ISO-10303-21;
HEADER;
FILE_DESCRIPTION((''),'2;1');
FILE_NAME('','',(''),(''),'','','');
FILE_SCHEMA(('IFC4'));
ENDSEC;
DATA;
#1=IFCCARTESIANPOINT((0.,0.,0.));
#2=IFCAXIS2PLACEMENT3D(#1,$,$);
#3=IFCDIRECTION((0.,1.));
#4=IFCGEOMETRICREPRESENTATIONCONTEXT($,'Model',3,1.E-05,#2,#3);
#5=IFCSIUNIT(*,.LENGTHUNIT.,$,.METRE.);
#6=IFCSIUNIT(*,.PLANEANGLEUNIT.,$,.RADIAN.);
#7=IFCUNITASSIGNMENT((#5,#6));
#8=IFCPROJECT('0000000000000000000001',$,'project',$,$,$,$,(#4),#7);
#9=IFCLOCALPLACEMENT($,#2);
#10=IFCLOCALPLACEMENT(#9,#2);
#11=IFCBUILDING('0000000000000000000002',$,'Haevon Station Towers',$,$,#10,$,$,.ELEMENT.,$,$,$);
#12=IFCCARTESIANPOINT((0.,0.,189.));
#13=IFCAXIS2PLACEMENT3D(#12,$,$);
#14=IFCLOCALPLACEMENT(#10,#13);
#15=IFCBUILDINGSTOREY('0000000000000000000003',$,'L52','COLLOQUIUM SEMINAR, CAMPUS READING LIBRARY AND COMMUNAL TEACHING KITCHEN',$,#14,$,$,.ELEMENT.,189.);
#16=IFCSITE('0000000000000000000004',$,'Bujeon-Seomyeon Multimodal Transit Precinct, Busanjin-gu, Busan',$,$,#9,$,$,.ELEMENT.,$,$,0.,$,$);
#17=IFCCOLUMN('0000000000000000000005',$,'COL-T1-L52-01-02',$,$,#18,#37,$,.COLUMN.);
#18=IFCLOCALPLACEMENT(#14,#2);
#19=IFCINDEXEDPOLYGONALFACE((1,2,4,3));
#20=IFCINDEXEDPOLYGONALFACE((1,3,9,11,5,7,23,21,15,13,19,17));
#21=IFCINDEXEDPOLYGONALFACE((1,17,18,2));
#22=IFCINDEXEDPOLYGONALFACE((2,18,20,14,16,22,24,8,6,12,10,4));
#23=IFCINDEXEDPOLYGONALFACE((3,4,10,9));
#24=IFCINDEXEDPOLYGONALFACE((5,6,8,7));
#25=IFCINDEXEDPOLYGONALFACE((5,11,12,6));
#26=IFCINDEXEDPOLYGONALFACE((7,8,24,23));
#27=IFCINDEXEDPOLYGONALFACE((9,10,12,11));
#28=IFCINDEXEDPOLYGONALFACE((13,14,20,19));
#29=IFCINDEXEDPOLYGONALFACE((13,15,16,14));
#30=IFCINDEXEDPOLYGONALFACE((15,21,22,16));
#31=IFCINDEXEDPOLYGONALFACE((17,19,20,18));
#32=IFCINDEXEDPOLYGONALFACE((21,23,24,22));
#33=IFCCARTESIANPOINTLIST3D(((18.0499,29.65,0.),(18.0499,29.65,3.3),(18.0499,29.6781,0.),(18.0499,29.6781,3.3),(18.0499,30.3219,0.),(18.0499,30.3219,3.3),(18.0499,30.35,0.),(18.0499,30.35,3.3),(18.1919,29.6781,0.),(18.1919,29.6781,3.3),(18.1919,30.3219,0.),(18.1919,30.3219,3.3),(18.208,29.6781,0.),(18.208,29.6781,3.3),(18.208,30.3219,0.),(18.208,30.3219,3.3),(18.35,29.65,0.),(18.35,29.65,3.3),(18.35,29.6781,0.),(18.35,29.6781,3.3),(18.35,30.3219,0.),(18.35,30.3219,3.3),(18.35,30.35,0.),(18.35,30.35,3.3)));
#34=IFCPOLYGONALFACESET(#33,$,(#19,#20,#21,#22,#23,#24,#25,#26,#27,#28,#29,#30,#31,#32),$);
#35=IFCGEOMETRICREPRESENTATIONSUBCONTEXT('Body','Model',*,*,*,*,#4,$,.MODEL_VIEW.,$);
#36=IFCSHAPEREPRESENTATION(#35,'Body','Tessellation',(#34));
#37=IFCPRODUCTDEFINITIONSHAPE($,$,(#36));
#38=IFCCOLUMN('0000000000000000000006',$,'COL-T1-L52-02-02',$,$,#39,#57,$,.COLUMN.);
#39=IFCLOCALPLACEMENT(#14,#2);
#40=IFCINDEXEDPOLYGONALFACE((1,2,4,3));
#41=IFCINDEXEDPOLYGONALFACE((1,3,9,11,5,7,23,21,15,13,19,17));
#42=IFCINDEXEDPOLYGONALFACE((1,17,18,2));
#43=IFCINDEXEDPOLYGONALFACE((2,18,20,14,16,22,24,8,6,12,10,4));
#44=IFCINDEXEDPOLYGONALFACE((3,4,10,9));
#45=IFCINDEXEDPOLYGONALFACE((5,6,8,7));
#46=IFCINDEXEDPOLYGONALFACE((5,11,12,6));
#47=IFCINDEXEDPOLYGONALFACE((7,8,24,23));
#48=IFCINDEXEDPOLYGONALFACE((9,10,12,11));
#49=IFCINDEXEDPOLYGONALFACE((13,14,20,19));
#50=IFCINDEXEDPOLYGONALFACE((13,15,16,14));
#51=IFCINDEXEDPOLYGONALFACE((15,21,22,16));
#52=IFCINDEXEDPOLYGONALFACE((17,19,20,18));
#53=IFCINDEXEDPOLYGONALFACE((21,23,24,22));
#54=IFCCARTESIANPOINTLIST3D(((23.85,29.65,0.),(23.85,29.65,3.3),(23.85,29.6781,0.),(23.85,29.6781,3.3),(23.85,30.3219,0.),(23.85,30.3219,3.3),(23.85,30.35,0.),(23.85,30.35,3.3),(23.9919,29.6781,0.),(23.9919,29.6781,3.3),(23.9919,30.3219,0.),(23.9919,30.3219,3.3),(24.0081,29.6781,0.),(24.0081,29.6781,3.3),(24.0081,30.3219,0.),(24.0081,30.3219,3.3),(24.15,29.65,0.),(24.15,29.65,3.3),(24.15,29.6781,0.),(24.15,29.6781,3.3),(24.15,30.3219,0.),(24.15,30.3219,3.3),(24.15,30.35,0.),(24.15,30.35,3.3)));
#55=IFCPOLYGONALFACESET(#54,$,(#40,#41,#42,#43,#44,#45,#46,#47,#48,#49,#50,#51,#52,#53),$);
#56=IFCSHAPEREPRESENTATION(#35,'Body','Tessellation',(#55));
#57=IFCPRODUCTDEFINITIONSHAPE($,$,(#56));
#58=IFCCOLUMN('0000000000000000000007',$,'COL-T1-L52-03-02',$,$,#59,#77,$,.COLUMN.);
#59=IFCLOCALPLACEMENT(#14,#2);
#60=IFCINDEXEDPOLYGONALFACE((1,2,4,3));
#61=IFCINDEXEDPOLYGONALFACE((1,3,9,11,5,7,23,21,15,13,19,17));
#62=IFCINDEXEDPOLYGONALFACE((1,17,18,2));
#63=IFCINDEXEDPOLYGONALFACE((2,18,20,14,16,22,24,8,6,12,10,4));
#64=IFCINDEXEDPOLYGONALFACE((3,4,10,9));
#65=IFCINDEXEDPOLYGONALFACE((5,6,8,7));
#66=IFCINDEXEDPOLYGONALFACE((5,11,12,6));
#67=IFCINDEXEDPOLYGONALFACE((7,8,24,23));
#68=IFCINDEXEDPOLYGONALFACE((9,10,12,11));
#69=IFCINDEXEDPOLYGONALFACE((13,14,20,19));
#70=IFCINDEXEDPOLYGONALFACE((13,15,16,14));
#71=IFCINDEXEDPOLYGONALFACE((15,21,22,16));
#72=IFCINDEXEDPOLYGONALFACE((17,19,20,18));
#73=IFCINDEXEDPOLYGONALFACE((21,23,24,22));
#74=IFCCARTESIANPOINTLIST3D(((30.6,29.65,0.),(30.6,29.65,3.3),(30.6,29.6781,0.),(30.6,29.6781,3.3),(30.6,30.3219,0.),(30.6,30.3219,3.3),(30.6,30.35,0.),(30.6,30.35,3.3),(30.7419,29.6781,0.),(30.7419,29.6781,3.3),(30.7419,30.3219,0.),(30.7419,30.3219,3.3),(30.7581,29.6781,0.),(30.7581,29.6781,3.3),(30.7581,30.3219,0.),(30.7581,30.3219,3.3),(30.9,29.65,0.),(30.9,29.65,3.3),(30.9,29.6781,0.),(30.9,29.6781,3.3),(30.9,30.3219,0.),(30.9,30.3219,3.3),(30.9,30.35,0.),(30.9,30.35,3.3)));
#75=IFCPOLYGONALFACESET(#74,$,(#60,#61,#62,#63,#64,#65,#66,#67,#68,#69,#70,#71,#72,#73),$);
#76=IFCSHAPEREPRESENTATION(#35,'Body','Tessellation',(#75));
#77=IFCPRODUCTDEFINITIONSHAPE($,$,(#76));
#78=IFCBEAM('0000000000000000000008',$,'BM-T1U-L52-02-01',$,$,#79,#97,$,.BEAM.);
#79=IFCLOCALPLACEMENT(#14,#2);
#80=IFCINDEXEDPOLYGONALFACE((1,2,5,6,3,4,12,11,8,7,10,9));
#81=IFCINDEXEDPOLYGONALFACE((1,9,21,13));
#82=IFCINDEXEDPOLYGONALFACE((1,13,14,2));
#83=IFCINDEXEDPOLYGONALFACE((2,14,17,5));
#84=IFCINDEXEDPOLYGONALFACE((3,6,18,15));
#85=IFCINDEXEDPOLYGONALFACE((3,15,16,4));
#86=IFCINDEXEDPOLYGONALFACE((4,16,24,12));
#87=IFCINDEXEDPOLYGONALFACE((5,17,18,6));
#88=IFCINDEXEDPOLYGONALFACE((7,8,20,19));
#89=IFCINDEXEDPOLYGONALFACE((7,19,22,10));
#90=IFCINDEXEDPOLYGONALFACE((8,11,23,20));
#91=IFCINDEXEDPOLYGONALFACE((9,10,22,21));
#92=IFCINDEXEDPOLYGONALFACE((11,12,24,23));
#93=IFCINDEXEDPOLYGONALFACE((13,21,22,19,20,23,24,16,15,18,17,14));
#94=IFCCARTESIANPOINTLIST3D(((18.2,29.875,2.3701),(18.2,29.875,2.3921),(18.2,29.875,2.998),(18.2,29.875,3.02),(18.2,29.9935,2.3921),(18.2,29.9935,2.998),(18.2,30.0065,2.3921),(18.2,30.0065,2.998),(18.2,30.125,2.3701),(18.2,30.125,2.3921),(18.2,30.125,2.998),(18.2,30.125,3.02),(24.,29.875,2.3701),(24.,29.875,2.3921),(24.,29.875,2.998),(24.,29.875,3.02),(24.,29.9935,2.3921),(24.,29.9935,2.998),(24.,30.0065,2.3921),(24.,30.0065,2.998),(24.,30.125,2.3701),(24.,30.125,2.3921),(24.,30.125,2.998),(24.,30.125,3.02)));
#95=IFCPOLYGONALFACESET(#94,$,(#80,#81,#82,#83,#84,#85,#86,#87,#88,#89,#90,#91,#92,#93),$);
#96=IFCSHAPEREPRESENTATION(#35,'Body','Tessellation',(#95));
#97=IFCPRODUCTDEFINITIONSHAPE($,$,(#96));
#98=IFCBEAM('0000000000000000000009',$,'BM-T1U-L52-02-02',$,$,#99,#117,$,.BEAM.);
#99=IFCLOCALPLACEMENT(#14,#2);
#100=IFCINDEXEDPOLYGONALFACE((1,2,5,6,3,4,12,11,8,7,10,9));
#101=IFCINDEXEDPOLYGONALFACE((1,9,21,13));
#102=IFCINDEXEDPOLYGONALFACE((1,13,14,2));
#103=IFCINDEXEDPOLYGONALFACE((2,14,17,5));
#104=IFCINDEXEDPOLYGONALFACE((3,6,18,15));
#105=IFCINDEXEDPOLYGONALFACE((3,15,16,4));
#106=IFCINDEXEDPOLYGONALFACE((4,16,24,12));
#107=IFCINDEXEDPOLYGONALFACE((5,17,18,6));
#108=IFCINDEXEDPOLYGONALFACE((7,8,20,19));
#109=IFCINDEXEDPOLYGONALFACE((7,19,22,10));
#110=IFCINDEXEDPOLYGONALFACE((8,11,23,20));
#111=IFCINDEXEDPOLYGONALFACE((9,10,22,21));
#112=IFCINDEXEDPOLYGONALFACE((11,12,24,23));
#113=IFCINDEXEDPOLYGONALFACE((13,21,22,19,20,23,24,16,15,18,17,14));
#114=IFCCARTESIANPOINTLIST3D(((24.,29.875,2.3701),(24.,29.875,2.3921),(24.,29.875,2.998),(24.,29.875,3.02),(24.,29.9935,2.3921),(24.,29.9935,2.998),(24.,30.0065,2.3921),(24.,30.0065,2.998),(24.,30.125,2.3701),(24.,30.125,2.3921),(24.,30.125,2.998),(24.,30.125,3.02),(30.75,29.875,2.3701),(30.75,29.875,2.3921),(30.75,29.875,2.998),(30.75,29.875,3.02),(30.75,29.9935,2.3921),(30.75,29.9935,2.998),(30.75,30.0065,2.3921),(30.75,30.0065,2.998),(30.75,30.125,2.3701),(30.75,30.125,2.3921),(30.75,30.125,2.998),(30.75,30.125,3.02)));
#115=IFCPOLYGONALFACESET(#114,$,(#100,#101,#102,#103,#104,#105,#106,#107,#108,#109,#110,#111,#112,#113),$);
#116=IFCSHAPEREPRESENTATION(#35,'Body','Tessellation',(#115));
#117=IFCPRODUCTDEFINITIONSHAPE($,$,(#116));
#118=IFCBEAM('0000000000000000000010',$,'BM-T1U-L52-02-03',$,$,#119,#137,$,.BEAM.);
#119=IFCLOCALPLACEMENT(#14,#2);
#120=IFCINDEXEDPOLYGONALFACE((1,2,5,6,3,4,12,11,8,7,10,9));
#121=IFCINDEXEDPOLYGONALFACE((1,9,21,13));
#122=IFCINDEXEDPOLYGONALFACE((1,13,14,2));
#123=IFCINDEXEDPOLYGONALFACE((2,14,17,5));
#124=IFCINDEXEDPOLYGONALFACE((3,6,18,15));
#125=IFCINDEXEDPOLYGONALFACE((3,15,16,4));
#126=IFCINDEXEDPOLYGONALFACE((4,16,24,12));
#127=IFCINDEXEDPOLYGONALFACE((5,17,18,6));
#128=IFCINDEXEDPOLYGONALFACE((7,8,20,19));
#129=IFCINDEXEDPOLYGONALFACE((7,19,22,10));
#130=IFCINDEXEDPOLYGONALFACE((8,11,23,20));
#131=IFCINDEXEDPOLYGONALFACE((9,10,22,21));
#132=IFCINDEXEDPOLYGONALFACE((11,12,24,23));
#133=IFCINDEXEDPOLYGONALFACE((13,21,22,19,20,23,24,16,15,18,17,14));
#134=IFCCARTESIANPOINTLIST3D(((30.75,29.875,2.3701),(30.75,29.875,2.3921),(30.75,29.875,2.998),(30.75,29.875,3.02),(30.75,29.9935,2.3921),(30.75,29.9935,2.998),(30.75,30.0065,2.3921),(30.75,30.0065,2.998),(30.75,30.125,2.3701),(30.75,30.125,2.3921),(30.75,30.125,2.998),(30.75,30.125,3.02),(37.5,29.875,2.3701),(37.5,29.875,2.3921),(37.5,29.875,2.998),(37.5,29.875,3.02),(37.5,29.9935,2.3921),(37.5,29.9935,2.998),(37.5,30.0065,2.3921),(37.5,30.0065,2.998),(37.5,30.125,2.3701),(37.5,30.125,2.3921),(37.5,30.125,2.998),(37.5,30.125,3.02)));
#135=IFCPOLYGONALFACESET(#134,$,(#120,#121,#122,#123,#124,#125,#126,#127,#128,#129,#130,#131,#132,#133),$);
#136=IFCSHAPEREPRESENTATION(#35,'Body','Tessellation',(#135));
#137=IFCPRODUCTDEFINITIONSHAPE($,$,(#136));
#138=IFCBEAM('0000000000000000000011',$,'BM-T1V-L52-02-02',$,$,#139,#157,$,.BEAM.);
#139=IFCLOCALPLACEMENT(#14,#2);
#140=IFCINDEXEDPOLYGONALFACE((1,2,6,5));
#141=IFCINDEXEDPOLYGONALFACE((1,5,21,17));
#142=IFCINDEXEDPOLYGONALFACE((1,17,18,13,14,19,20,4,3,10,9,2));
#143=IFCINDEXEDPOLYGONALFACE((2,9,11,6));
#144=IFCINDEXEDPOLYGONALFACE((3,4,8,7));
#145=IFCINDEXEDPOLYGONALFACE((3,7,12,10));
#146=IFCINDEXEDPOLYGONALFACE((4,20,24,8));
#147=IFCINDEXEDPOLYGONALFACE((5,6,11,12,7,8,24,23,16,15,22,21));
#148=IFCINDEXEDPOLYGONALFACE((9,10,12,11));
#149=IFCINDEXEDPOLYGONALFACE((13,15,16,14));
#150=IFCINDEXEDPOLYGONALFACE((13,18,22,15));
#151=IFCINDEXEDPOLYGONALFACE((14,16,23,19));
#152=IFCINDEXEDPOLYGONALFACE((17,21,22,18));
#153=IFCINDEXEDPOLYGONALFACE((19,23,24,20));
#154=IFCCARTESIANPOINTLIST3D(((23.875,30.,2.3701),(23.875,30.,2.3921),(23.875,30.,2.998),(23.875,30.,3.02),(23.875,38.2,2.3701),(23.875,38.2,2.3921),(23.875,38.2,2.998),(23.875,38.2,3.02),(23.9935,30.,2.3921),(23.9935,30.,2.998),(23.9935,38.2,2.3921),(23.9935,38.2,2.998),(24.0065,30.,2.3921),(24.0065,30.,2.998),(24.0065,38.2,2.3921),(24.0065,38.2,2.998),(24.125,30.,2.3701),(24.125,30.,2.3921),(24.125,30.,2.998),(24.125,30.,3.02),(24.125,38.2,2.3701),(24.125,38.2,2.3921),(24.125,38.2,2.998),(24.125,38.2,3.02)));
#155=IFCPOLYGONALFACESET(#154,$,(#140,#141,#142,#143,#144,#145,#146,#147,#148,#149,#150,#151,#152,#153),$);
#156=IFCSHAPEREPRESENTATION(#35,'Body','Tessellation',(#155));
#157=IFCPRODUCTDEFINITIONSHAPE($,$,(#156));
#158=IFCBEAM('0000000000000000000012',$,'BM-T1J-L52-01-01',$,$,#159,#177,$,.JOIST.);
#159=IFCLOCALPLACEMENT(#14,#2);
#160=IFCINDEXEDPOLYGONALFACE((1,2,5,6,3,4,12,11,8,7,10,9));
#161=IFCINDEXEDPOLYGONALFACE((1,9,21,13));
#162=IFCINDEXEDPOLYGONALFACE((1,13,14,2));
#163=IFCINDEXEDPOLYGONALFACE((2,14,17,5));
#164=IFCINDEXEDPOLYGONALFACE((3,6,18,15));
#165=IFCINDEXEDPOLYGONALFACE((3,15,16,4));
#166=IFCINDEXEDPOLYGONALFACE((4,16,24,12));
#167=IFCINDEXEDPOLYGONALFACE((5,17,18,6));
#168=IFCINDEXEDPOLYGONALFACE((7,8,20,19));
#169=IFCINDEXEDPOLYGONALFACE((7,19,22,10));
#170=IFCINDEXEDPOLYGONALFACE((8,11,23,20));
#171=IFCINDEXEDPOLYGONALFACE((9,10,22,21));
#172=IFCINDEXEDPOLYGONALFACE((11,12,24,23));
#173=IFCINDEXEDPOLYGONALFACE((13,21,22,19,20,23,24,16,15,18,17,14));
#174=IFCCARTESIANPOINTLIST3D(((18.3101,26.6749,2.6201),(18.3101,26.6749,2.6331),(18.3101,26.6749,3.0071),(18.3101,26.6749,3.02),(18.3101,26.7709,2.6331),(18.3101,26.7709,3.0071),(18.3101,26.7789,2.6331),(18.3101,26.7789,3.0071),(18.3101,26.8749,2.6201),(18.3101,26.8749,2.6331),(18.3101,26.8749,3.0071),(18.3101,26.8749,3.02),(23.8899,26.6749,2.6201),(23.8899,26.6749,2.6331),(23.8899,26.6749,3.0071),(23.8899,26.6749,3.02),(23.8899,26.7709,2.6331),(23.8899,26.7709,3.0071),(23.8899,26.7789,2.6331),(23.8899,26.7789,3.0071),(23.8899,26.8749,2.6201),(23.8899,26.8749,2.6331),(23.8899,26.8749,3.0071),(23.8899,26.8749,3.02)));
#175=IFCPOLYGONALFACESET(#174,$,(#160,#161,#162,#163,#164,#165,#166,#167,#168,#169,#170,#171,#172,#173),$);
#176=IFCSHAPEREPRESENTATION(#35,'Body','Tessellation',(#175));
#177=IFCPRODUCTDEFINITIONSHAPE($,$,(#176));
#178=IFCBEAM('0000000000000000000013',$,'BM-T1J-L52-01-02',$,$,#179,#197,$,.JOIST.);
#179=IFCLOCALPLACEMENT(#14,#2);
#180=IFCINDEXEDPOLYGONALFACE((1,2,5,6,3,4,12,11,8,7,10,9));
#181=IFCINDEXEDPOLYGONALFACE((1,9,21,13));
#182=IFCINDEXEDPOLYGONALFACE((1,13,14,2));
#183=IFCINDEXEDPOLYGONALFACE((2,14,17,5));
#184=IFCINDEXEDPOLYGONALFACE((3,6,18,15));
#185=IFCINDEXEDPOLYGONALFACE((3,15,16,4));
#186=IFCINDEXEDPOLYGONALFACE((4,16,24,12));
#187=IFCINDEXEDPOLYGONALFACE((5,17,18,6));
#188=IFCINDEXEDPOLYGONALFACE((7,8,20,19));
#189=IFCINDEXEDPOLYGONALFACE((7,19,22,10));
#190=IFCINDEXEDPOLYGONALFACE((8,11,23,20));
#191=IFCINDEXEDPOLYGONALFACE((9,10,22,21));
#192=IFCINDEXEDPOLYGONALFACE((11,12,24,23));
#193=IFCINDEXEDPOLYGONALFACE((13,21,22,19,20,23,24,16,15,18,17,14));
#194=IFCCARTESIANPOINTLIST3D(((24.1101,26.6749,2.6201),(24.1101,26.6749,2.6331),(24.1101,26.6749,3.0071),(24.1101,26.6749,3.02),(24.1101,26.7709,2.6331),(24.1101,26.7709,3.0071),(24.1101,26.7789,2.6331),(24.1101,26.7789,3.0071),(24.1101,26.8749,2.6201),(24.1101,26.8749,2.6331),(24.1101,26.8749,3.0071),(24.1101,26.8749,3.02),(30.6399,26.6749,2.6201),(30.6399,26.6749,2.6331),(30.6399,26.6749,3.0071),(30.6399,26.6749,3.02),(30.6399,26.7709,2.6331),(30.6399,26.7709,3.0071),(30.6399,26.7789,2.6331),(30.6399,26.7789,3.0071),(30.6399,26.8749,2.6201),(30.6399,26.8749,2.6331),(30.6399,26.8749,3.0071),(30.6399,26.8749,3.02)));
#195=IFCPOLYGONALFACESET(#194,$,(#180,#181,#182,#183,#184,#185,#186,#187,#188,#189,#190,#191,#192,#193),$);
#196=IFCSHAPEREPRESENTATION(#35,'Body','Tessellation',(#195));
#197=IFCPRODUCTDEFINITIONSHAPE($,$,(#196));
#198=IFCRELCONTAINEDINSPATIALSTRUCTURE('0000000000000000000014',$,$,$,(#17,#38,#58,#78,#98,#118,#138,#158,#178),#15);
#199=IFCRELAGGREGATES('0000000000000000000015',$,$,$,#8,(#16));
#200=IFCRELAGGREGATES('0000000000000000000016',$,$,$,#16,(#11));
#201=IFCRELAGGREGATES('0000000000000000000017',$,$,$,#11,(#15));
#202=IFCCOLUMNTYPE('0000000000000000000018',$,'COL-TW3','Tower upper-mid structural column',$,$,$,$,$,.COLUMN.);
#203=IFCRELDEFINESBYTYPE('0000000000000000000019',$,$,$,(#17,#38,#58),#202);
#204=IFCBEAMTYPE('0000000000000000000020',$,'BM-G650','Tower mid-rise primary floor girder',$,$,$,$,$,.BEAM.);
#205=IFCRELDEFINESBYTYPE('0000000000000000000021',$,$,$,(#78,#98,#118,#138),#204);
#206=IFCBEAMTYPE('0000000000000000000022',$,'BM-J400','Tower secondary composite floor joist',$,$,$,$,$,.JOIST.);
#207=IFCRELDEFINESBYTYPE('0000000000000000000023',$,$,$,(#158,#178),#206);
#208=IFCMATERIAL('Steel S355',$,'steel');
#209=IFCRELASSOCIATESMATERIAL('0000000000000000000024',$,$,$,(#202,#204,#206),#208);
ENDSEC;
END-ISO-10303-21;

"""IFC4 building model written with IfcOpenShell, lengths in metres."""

from ifc_helpers import new_model, si_unit, direction, frame, origin, origin_2d, place, context, subcontext, project, spatial, i_section, extrude, material, material_profile, profile_set, type_object, element, save


model = new_model("IFC4")

# Units and contexts
model_context = context("Model", 3, precision=1e-05, world=origin(), true_north=direction((0.0, 1.0)))
body_context = subcontext(model_context, "Body", "Model", "MODEL_VIEW")
ifc_project = project(units=[si_unit("LENGTHUNIT", "METRE"), si_unit("PLANEANGLEUNIT", "RADIAN")], contexts=[model_context])

# Site, building, storey
site_placement = place(None, origin())
site = spatial("IfcSite", under=ifc_project, at=site_placement, Name="Bujeon-Seomyeon Multimodal Transit Precinct, Busanjin-gu, Busan", CompositionType="ELEMENT", RefElevation=0.0)
building_placement = place(site_placement, origin())
building = spatial("IfcBuilding", under=site, at=building_placement, Name="Haevon Station Towers", CompositionType="ELEMENT")
storey_placement = place(building_placement, frame((0.0, 0.0, 189.0)))
storey = spatial("IfcBuildingStorey", under=building, at=storey_placement, Name="L52", Description="COLLOQUIUM SEMINAR, CAMPUS READING LIBRARY AND COMMUNAL TEACHING KITCHEN", CompositionType="ELEMENT", Elevation=189.0)

# Columns
ifc_material_1 = material(Name="Steel S355", Category="steel")
ifc_material_profile_1 = material_profile(ifc_material_1, i_section(OverallWidth=0.3, OverallDepth=0.7, WebThickness=0.0161, FlangeThickness=0.0281, at=origin_2d()), Name="H-700x300x16x28")
ifc_profile_set_1 = profile_set([ifc_material_profile_1], Name="Steel S355")
column_type = type_object("IfcColumnType", Name="COL-TW3", Description="Tower upper-mid structural column", PredefinedType="COLUMN", material=ifc_profile_set_1)
for number, where, z_axis, x_axis, name in (
    (1, (18.2, 30.0, 0.0), (0.0, 0.0, 1.0), (1.0, 0.0, 0.0), "COL-T1-L52-01-02"),
    (2, (24.0, 30.0, 0.0), (0.0, 0.0, 1.0), (1.0, 0.0, 0.0), "COL-T1-L52-02-02"),
    (3, (30.75, 30.0, 0.0), (0.0, 0.0, 1.0), (1.0, 0.0, 0.0), "COL-T1-L52-03-02"),
):
    element("IfcColumn", number, at=place(storey_placement, frame(where, z_axis=z_axis, x_axis=x_axis)), inside=storey, type_object=column_type, Name=name, PredefinedType="COLUMN", context=body_context, shape_type="SweptSolid", body=[
        extrude(i_section(OverallWidth=0.3, OverallDepth=0.7, WebThickness=0.0161, FlangeThickness=0.0281, at=origin_2d()), origin(), (0.0, 0.0, 1.0), 3.3),
    ])

# Beams
ifc_material_profile_2 = material_profile(ifc_material_1, i_section(OverallWidth=0.25, OverallDepth=0.6499, WebThickness=0.0129, FlangeThickness=0.022, at=origin_2d()), Name="H-650x250x13x22")
ifc_profile_set_2 = profile_set([ifc_material_profile_2], Name="Steel S355")
beam_type_1 = type_object("IfcBeamType", Name="BM-G650", Description="Tower mid-rise primary floor girder", PredefinedType="BEAM", material=ifc_profile_set_2)
beam_1_placement = place(storey_placement, frame((18.2, 30.0, 2.6951), z_axis=(1.0, 0.0, 0.0), x_axis=(0.0, 1.0, 0.0)))
element("IfcBeam", 4, at=beam_1_placement, inside=storey, type_object=beam_type_1, Name="BM-T1U-L52-02-01", PredefinedType="BEAM", context=body_context, shape_type="SweptSolid", body=[
    extrude(i_section(OverallWidth=0.25, OverallDepth=0.6499, WebThickness=0.0129, FlangeThickness=0.022, at=origin_2d()), origin(), (0.0, 0.0, 1.0), 5.8),
])
for number, where, z_axis, x_axis, name in (
    (5, (24.0, 30.0, 2.6951), (1.0, 0.0, 0.0), (0.0, 1.0, 0.0), "BM-T1U-L52-02-02"),
    (6, (30.75, 30.0, 2.6951), (1.0, 0.0, 0.0), (0.0, 1.0, 0.0), "BM-T1U-L52-02-03"),
):
    element("IfcBeam", number, at=place(storey_placement, frame(where, z_axis=z_axis, x_axis=x_axis)), inside=storey, type_object=beam_type_1, Name=name, PredefinedType="BEAM", context=body_context, shape_type="SweptSolid", body=[
        extrude(i_section(OverallWidth=0.25, OverallDepth=0.6499, WebThickness=0.0129, FlangeThickness=0.022, at=origin_2d()), origin(), (0.0, 0.0, 1.0), 6.75),
    ])
beam_2_placement = place(storey_placement, frame((24.0, 30.0, 2.6951), z_axis=(0.0, 1.0, 0.0), x_axis=(-1.0, 0.0, 0.0)))
element("IfcBeam", 7, at=beam_2_placement, inside=storey, type_object=beam_type_1, Name="BM-T1V-L52-02-02", PredefinedType="BEAM", context=body_context, shape_type="SweptSolid", body=[
    extrude(i_section(OverallWidth=0.25, OverallDepth=0.6499, WebThickness=0.0129, FlangeThickness=0.022, at=origin_2d()), origin(), (0.0, 0.0, 1.0), 8.2),
])
ifc_material_profile_3 = material_profile(ifc_material_1, i_section(OverallWidth=0.2, OverallDepth=0.3999, WebThickness=0.0081, FlangeThickness=0.0129, at=origin_2d()), Name="H-400x200x8x13")
ifc_profile_set_3 = profile_set([ifc_material_profile_3], Name="Steel S355")
beam_type_2 = type_object("IfcBeamType", Name="BM-J400", Description="Tower secondary composite floor joist", PredefinedType="JOIST", material=ifc_profile_set_3)
beam_3_placement = place(storey_placement, frame((18.3101, 26.7749, 2.8201), z_axis=(1.0, 0.0, 0.0), x_axis=(0.0, 1.0, 0.0)))
element("IfcBeam", 8, at=beam_3_placement, inside=storey, type_object=beam_type_2, Name="BM-T1J-L52-01-01", PredefinedType="JOIST", context=body_context, shape_type="SweptSolid", body=[
    extrude(i_section(OverallWidth=0.2, OverallDepth=0.3999, WebThickness=0.0081, FlangeThickness=0.0129, at=origin_2d()), origin(), (0.0, 0.0, 1.0), 5.5798),
])
beam_4_placement = place(storey_placement, frame((24.1101, 26.7749, 2.8201), z_axis=(1.0, 0.0, 0.0), x_axis=(0.0, 1.0, 0.0)))
element("IfcBeam", 9, at=beam_4_placement, inside=storey, type_object=beam_type_2, Name="BM-T1J-L52-01-02", PredefinedType="JOIST", context=body_context, shape_type="SweptSolid", body=[
    extrude(i_section(OverallWidth=0.2, OverallDepth=0.3999, WebThickness=0.0081, FlangeThickness=0.0129, at=origin_2d()), origin(), (0.0, 0.0, 1.0), 6.5298),
])

save(model, "model.ifc")
